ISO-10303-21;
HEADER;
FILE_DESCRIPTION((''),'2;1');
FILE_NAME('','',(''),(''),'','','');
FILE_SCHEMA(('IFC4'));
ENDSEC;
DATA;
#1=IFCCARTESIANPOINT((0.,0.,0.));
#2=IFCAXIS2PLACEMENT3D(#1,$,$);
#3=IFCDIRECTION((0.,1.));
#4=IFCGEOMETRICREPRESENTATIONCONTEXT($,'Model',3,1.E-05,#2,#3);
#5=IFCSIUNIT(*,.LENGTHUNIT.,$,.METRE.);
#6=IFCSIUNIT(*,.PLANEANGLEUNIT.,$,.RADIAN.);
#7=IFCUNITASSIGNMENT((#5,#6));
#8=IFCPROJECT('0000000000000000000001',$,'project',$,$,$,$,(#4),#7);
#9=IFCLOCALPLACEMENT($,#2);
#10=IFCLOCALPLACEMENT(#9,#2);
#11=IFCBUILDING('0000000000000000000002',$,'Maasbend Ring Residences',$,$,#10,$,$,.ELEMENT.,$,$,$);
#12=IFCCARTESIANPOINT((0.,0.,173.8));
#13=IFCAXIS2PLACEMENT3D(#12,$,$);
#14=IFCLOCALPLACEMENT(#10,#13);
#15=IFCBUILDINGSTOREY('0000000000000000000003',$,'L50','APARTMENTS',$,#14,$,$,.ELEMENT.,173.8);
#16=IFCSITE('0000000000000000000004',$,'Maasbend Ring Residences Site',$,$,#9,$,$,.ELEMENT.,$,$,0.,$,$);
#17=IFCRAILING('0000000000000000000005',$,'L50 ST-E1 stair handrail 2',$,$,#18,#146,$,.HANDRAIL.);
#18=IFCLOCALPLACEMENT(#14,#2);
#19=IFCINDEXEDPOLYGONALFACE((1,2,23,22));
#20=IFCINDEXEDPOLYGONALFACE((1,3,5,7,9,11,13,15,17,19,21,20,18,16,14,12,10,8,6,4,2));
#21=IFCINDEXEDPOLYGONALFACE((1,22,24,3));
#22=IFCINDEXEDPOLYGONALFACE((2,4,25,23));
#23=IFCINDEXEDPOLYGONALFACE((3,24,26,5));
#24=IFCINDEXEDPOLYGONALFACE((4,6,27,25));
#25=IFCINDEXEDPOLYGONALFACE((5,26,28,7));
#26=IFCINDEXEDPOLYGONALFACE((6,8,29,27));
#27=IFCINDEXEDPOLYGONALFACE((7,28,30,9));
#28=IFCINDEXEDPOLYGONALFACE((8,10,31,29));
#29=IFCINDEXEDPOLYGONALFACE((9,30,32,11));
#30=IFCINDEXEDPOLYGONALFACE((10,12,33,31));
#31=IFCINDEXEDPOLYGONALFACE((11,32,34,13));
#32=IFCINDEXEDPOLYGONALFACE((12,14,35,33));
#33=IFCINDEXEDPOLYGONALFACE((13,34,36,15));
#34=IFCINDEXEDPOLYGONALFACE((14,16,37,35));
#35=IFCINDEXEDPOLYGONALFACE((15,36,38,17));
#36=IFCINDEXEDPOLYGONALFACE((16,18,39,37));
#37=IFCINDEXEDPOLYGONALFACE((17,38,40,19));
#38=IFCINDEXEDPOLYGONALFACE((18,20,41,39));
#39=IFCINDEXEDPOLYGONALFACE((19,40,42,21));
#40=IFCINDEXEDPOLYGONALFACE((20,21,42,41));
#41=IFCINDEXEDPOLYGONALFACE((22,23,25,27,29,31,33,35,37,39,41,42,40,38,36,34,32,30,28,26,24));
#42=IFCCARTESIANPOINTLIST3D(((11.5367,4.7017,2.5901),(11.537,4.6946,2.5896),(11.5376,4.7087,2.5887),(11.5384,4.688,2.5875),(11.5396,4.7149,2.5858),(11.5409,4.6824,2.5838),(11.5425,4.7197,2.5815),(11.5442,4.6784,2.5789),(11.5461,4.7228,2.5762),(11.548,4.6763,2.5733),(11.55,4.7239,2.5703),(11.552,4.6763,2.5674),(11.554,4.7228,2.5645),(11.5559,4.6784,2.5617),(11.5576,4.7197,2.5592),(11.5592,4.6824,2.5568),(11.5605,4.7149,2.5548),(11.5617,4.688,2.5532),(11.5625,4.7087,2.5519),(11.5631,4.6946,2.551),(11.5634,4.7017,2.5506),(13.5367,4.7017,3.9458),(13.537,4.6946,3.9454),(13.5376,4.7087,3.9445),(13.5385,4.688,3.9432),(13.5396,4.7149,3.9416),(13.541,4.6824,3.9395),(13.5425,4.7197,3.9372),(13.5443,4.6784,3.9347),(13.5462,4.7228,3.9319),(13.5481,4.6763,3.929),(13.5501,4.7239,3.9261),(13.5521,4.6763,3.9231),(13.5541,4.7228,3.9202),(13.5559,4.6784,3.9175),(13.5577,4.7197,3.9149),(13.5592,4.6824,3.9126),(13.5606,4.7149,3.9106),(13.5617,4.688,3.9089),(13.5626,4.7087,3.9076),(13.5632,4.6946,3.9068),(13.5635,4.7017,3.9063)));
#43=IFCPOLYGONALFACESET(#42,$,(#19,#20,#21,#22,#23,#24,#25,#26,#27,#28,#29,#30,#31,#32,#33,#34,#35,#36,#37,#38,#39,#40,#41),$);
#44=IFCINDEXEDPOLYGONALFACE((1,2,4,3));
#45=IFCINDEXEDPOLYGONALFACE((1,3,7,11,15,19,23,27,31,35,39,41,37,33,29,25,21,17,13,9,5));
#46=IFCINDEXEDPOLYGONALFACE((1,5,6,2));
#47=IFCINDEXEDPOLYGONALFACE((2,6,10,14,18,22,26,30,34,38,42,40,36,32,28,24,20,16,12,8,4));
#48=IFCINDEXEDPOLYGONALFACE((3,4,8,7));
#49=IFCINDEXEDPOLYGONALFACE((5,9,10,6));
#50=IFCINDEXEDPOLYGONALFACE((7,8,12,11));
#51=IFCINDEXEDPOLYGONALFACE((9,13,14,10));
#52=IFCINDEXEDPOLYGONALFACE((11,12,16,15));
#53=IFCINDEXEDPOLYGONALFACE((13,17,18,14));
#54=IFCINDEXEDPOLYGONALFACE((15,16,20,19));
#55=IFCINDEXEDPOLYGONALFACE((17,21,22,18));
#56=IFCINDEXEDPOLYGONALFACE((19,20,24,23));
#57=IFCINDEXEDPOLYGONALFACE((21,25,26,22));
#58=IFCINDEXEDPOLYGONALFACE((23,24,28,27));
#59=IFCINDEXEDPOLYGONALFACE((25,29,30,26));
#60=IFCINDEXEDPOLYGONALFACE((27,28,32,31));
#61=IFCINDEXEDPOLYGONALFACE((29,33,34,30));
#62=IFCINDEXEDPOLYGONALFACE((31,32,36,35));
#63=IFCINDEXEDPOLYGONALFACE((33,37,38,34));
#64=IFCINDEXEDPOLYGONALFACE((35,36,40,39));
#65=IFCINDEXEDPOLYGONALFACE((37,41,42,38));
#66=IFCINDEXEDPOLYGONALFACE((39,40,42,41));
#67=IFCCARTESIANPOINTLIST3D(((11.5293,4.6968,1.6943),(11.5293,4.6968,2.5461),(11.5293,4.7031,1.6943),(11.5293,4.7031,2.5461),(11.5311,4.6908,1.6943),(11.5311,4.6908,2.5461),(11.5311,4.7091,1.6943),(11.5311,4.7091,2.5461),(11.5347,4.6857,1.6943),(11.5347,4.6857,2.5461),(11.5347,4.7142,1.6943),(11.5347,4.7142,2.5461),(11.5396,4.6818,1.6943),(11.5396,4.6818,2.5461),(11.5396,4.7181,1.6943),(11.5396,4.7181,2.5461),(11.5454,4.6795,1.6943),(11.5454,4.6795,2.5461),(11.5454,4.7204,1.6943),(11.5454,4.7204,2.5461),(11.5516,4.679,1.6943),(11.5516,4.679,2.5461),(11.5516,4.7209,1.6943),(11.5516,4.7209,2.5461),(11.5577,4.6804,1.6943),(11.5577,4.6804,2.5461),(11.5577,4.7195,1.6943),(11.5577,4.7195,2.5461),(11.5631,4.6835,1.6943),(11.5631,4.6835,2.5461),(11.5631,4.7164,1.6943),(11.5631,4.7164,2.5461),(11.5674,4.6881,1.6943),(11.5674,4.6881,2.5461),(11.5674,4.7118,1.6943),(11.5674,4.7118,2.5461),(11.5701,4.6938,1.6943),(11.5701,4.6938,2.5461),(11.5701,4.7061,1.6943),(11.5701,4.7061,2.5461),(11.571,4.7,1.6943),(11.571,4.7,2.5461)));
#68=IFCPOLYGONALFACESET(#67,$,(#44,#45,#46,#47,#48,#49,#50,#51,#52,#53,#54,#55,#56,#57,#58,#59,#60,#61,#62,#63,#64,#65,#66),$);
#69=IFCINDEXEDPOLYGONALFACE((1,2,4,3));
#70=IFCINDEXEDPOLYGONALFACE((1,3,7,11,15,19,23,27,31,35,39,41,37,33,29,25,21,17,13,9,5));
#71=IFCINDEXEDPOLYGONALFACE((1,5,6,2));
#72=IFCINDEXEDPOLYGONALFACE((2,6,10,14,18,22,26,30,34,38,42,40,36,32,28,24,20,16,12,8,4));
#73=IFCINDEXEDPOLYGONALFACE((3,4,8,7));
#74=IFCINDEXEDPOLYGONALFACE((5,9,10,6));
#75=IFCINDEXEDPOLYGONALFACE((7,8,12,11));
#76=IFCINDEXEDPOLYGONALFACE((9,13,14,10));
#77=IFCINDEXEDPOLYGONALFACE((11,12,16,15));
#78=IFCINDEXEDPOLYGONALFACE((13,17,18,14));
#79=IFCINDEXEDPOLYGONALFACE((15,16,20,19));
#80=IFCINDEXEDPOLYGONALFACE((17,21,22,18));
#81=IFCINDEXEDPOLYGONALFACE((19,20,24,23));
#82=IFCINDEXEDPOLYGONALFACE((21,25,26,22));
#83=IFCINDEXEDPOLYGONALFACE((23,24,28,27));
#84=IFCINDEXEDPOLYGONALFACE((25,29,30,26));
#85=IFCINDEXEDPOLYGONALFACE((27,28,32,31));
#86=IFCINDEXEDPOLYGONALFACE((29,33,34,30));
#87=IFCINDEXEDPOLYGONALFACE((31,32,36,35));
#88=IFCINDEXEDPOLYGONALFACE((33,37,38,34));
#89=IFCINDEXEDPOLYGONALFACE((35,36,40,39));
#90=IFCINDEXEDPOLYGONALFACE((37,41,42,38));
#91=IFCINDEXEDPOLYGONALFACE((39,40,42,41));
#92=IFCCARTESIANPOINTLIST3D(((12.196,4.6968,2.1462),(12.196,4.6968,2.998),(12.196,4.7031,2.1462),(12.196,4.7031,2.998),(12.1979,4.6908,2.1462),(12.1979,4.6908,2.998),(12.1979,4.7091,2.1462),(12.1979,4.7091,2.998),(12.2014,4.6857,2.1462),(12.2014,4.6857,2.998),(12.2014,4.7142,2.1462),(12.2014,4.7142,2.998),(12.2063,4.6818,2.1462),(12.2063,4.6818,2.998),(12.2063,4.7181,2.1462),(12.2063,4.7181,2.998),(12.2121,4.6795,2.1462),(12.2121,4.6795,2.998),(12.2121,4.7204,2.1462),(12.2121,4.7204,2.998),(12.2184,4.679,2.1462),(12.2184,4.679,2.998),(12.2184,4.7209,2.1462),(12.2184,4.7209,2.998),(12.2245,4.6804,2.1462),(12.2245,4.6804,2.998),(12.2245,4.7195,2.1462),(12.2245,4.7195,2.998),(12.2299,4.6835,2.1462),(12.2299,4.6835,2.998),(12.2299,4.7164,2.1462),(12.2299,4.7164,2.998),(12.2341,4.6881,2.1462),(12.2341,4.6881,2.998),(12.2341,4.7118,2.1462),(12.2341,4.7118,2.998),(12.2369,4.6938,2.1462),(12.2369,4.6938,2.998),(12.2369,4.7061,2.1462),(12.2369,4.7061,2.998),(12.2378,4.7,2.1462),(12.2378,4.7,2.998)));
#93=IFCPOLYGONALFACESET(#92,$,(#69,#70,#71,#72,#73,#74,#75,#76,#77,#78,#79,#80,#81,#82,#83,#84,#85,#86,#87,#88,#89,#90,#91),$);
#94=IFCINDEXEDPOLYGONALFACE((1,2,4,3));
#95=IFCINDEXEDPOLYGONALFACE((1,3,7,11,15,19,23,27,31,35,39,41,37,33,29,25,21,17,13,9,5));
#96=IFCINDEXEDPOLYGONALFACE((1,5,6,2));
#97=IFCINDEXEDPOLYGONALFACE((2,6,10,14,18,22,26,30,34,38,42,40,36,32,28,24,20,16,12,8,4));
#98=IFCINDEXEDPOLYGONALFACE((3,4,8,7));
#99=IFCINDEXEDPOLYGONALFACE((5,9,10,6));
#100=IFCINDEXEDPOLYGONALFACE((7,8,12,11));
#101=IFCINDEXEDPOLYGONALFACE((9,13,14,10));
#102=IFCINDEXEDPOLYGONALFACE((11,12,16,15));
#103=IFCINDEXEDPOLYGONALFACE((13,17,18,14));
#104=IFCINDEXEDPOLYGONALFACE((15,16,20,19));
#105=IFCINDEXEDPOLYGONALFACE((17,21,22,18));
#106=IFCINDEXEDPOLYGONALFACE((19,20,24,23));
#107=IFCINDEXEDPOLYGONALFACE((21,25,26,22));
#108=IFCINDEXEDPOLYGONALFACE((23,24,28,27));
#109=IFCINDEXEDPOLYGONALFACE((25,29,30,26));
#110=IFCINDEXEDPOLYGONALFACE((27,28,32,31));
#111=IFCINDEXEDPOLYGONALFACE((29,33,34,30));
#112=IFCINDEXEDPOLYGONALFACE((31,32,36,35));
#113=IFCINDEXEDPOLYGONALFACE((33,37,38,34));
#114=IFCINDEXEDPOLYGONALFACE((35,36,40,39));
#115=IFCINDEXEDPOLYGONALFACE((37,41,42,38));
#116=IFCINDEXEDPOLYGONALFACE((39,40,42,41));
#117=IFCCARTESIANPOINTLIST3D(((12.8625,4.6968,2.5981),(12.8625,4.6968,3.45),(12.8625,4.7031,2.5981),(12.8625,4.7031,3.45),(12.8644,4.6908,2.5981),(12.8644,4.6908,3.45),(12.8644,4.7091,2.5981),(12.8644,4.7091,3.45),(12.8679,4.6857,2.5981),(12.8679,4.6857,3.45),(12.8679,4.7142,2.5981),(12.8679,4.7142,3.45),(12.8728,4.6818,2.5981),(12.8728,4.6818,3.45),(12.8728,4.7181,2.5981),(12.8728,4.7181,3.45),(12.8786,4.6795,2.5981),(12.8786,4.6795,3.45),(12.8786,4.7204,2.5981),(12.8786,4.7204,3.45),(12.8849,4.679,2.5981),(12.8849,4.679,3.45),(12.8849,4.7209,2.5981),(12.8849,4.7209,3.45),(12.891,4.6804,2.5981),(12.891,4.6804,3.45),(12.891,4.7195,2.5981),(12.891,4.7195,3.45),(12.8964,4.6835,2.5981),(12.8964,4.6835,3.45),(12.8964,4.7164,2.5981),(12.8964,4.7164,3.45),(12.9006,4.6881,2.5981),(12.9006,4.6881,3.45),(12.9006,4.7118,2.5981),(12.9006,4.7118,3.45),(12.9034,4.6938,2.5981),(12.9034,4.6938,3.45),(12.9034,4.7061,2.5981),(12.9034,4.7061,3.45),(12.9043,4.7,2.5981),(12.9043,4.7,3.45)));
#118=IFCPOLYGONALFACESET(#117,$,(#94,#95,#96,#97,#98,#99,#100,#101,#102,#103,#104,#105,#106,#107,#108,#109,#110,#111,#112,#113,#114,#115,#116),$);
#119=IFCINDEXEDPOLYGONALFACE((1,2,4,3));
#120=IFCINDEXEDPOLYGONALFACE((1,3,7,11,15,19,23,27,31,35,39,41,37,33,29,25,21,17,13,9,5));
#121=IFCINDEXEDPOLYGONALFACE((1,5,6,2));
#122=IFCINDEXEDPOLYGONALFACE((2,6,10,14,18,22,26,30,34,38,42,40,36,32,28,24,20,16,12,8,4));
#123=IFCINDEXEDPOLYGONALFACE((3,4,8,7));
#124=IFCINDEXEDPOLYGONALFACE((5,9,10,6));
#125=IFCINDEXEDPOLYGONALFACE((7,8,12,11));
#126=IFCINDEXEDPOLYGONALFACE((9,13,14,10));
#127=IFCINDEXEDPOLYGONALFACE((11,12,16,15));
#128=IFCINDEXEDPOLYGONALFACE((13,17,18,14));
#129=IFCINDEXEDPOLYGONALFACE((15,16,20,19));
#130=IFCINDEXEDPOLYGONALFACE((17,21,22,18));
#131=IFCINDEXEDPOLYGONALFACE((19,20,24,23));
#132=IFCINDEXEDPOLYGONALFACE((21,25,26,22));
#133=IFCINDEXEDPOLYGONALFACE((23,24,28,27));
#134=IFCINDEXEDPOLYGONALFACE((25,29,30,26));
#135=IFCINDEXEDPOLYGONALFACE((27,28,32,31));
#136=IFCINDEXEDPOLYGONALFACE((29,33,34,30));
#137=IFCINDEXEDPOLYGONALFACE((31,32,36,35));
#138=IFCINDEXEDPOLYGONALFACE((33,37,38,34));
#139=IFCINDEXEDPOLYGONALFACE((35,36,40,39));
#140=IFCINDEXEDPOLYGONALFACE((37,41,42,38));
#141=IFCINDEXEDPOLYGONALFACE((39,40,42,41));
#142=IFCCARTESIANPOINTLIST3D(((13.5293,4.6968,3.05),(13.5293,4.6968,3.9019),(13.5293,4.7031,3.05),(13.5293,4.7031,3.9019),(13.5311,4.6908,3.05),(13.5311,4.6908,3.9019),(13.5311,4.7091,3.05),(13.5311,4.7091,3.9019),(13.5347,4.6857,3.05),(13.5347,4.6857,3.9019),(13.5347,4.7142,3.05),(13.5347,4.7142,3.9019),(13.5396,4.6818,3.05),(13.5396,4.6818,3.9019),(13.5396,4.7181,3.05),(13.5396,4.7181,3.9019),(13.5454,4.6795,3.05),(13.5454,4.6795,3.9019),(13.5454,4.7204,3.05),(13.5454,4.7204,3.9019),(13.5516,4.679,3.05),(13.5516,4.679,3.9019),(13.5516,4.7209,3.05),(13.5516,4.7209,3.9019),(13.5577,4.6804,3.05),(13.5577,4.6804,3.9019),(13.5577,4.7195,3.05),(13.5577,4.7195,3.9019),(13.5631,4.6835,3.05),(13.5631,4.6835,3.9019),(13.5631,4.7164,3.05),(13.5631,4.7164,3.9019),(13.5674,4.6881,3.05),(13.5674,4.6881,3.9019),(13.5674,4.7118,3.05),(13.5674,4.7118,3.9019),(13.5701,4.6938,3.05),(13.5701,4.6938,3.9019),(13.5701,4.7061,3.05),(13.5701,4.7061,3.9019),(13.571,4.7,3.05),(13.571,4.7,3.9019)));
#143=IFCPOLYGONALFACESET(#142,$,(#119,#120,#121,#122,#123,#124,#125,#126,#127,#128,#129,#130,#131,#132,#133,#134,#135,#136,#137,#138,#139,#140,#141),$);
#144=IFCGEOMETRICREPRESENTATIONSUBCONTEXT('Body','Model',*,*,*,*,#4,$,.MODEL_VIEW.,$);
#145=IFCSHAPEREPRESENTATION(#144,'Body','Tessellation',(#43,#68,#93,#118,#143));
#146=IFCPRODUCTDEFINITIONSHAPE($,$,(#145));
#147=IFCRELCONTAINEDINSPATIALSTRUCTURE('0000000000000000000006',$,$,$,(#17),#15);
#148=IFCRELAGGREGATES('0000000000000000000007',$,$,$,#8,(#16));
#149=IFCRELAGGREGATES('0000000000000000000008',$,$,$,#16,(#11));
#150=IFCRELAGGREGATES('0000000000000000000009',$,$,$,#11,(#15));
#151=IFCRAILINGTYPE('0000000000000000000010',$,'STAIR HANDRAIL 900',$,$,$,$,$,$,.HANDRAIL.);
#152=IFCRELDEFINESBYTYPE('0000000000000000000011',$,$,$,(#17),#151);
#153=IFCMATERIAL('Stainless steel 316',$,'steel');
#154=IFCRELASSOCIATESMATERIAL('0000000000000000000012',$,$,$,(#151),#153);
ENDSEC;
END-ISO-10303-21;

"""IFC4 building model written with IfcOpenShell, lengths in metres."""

from ifc_helpers import new_model, si_unit, direction, frame, origin, origin_2d, place, context, subcontext, project, spatial, circle, extrude, material, type_object, element, save


model = new_model("IFC4")

# Units and contexts
model_context = context("Model", 3, precision=1e-05, world=origin(), true_north=direction((0.0, 1.0)))
body_context = subcontext(model_context, "Body", "Model", "MODEL_VIEW")
ifc_project = project(units=[si_unit("LENGTHUNIT", "METRE"), si_unit("PLANEANGLEUNIT", "RADIAN")], contexts=[model_context])

# Site, building, storey
site_placement = place(None, origin())
site = spatial("IfcSite", under=ifc_project, at=site_placement, Name="Maasbend Ring Residences Site", CompositionType="ELEMENT", RefElevation=0.0)
building_placement = place(site_placement, origin())
building = spatial("IfcBuilding", under=site, at=building_placement, Name="Maasbend Ring Residences", CompositionType="ELEMENT")
storey_placement = place(building_placement, frame((0.0, 0.0, 173.8)))
storey = spatial("IfcBuildingStorey", under=building, at=storey_placement, Name="L50", Description="APARTMENTS", CompositionType="ELEMENT", Elevation=173.8)

# Railing
ifc_material_1 = material(Name="Stainless steel 316", Category="steel")
railing_type = type_object("IfcRailingType", Name="STAIR HANDRAIL 900", PredefinedType="HANDRAIL", material=ifc_material_1)
railing_1_placement = place(storey_placement, frame((11.55, 4.7, 1.6943)))
element("IfcRailing", 1, at=railing_1_placement, inside=storey, type_object=railing_type, Name="L50 ST-E1 stair handrail 2", PredefinedType="HANDRAIL", context=body_context, shape_type="SweptSolid", body=[
    extrude(circle(Radius=0.0239, at=origin_2d()), frame((0.0, 0.0, 0.876), z_axis=(0.827751, 0.0, 0.561096), x_axis=(0.0, 1.0, 0.0)), (0.0, 0.0, 1.0), 2.4163),
    extrude(circle(Radius=0.021, at=origin_2d()), origin(), (0.0, 0.0, 1.0), 0.8518),
    extrude(circle(Radius=0.021, at=origin_2d()), frame((0.6667, 0.0, 0.4519)), (0.0, 0.0, 1.0), 0.8518),
    extrude(circle(Radius=0.021, at=origin_2d()), frame((1.3333, 0.0, 0.9038)), (0.0, 0.0, 1.0), 0.8518),
    extrude(circle(Radius=0.021, at=origin_2d()), frame((2.0, 0.0, 1.3557)), (0.0, 0.0, 1.0), 0.8518),
])

save(model, "model.ifc")
